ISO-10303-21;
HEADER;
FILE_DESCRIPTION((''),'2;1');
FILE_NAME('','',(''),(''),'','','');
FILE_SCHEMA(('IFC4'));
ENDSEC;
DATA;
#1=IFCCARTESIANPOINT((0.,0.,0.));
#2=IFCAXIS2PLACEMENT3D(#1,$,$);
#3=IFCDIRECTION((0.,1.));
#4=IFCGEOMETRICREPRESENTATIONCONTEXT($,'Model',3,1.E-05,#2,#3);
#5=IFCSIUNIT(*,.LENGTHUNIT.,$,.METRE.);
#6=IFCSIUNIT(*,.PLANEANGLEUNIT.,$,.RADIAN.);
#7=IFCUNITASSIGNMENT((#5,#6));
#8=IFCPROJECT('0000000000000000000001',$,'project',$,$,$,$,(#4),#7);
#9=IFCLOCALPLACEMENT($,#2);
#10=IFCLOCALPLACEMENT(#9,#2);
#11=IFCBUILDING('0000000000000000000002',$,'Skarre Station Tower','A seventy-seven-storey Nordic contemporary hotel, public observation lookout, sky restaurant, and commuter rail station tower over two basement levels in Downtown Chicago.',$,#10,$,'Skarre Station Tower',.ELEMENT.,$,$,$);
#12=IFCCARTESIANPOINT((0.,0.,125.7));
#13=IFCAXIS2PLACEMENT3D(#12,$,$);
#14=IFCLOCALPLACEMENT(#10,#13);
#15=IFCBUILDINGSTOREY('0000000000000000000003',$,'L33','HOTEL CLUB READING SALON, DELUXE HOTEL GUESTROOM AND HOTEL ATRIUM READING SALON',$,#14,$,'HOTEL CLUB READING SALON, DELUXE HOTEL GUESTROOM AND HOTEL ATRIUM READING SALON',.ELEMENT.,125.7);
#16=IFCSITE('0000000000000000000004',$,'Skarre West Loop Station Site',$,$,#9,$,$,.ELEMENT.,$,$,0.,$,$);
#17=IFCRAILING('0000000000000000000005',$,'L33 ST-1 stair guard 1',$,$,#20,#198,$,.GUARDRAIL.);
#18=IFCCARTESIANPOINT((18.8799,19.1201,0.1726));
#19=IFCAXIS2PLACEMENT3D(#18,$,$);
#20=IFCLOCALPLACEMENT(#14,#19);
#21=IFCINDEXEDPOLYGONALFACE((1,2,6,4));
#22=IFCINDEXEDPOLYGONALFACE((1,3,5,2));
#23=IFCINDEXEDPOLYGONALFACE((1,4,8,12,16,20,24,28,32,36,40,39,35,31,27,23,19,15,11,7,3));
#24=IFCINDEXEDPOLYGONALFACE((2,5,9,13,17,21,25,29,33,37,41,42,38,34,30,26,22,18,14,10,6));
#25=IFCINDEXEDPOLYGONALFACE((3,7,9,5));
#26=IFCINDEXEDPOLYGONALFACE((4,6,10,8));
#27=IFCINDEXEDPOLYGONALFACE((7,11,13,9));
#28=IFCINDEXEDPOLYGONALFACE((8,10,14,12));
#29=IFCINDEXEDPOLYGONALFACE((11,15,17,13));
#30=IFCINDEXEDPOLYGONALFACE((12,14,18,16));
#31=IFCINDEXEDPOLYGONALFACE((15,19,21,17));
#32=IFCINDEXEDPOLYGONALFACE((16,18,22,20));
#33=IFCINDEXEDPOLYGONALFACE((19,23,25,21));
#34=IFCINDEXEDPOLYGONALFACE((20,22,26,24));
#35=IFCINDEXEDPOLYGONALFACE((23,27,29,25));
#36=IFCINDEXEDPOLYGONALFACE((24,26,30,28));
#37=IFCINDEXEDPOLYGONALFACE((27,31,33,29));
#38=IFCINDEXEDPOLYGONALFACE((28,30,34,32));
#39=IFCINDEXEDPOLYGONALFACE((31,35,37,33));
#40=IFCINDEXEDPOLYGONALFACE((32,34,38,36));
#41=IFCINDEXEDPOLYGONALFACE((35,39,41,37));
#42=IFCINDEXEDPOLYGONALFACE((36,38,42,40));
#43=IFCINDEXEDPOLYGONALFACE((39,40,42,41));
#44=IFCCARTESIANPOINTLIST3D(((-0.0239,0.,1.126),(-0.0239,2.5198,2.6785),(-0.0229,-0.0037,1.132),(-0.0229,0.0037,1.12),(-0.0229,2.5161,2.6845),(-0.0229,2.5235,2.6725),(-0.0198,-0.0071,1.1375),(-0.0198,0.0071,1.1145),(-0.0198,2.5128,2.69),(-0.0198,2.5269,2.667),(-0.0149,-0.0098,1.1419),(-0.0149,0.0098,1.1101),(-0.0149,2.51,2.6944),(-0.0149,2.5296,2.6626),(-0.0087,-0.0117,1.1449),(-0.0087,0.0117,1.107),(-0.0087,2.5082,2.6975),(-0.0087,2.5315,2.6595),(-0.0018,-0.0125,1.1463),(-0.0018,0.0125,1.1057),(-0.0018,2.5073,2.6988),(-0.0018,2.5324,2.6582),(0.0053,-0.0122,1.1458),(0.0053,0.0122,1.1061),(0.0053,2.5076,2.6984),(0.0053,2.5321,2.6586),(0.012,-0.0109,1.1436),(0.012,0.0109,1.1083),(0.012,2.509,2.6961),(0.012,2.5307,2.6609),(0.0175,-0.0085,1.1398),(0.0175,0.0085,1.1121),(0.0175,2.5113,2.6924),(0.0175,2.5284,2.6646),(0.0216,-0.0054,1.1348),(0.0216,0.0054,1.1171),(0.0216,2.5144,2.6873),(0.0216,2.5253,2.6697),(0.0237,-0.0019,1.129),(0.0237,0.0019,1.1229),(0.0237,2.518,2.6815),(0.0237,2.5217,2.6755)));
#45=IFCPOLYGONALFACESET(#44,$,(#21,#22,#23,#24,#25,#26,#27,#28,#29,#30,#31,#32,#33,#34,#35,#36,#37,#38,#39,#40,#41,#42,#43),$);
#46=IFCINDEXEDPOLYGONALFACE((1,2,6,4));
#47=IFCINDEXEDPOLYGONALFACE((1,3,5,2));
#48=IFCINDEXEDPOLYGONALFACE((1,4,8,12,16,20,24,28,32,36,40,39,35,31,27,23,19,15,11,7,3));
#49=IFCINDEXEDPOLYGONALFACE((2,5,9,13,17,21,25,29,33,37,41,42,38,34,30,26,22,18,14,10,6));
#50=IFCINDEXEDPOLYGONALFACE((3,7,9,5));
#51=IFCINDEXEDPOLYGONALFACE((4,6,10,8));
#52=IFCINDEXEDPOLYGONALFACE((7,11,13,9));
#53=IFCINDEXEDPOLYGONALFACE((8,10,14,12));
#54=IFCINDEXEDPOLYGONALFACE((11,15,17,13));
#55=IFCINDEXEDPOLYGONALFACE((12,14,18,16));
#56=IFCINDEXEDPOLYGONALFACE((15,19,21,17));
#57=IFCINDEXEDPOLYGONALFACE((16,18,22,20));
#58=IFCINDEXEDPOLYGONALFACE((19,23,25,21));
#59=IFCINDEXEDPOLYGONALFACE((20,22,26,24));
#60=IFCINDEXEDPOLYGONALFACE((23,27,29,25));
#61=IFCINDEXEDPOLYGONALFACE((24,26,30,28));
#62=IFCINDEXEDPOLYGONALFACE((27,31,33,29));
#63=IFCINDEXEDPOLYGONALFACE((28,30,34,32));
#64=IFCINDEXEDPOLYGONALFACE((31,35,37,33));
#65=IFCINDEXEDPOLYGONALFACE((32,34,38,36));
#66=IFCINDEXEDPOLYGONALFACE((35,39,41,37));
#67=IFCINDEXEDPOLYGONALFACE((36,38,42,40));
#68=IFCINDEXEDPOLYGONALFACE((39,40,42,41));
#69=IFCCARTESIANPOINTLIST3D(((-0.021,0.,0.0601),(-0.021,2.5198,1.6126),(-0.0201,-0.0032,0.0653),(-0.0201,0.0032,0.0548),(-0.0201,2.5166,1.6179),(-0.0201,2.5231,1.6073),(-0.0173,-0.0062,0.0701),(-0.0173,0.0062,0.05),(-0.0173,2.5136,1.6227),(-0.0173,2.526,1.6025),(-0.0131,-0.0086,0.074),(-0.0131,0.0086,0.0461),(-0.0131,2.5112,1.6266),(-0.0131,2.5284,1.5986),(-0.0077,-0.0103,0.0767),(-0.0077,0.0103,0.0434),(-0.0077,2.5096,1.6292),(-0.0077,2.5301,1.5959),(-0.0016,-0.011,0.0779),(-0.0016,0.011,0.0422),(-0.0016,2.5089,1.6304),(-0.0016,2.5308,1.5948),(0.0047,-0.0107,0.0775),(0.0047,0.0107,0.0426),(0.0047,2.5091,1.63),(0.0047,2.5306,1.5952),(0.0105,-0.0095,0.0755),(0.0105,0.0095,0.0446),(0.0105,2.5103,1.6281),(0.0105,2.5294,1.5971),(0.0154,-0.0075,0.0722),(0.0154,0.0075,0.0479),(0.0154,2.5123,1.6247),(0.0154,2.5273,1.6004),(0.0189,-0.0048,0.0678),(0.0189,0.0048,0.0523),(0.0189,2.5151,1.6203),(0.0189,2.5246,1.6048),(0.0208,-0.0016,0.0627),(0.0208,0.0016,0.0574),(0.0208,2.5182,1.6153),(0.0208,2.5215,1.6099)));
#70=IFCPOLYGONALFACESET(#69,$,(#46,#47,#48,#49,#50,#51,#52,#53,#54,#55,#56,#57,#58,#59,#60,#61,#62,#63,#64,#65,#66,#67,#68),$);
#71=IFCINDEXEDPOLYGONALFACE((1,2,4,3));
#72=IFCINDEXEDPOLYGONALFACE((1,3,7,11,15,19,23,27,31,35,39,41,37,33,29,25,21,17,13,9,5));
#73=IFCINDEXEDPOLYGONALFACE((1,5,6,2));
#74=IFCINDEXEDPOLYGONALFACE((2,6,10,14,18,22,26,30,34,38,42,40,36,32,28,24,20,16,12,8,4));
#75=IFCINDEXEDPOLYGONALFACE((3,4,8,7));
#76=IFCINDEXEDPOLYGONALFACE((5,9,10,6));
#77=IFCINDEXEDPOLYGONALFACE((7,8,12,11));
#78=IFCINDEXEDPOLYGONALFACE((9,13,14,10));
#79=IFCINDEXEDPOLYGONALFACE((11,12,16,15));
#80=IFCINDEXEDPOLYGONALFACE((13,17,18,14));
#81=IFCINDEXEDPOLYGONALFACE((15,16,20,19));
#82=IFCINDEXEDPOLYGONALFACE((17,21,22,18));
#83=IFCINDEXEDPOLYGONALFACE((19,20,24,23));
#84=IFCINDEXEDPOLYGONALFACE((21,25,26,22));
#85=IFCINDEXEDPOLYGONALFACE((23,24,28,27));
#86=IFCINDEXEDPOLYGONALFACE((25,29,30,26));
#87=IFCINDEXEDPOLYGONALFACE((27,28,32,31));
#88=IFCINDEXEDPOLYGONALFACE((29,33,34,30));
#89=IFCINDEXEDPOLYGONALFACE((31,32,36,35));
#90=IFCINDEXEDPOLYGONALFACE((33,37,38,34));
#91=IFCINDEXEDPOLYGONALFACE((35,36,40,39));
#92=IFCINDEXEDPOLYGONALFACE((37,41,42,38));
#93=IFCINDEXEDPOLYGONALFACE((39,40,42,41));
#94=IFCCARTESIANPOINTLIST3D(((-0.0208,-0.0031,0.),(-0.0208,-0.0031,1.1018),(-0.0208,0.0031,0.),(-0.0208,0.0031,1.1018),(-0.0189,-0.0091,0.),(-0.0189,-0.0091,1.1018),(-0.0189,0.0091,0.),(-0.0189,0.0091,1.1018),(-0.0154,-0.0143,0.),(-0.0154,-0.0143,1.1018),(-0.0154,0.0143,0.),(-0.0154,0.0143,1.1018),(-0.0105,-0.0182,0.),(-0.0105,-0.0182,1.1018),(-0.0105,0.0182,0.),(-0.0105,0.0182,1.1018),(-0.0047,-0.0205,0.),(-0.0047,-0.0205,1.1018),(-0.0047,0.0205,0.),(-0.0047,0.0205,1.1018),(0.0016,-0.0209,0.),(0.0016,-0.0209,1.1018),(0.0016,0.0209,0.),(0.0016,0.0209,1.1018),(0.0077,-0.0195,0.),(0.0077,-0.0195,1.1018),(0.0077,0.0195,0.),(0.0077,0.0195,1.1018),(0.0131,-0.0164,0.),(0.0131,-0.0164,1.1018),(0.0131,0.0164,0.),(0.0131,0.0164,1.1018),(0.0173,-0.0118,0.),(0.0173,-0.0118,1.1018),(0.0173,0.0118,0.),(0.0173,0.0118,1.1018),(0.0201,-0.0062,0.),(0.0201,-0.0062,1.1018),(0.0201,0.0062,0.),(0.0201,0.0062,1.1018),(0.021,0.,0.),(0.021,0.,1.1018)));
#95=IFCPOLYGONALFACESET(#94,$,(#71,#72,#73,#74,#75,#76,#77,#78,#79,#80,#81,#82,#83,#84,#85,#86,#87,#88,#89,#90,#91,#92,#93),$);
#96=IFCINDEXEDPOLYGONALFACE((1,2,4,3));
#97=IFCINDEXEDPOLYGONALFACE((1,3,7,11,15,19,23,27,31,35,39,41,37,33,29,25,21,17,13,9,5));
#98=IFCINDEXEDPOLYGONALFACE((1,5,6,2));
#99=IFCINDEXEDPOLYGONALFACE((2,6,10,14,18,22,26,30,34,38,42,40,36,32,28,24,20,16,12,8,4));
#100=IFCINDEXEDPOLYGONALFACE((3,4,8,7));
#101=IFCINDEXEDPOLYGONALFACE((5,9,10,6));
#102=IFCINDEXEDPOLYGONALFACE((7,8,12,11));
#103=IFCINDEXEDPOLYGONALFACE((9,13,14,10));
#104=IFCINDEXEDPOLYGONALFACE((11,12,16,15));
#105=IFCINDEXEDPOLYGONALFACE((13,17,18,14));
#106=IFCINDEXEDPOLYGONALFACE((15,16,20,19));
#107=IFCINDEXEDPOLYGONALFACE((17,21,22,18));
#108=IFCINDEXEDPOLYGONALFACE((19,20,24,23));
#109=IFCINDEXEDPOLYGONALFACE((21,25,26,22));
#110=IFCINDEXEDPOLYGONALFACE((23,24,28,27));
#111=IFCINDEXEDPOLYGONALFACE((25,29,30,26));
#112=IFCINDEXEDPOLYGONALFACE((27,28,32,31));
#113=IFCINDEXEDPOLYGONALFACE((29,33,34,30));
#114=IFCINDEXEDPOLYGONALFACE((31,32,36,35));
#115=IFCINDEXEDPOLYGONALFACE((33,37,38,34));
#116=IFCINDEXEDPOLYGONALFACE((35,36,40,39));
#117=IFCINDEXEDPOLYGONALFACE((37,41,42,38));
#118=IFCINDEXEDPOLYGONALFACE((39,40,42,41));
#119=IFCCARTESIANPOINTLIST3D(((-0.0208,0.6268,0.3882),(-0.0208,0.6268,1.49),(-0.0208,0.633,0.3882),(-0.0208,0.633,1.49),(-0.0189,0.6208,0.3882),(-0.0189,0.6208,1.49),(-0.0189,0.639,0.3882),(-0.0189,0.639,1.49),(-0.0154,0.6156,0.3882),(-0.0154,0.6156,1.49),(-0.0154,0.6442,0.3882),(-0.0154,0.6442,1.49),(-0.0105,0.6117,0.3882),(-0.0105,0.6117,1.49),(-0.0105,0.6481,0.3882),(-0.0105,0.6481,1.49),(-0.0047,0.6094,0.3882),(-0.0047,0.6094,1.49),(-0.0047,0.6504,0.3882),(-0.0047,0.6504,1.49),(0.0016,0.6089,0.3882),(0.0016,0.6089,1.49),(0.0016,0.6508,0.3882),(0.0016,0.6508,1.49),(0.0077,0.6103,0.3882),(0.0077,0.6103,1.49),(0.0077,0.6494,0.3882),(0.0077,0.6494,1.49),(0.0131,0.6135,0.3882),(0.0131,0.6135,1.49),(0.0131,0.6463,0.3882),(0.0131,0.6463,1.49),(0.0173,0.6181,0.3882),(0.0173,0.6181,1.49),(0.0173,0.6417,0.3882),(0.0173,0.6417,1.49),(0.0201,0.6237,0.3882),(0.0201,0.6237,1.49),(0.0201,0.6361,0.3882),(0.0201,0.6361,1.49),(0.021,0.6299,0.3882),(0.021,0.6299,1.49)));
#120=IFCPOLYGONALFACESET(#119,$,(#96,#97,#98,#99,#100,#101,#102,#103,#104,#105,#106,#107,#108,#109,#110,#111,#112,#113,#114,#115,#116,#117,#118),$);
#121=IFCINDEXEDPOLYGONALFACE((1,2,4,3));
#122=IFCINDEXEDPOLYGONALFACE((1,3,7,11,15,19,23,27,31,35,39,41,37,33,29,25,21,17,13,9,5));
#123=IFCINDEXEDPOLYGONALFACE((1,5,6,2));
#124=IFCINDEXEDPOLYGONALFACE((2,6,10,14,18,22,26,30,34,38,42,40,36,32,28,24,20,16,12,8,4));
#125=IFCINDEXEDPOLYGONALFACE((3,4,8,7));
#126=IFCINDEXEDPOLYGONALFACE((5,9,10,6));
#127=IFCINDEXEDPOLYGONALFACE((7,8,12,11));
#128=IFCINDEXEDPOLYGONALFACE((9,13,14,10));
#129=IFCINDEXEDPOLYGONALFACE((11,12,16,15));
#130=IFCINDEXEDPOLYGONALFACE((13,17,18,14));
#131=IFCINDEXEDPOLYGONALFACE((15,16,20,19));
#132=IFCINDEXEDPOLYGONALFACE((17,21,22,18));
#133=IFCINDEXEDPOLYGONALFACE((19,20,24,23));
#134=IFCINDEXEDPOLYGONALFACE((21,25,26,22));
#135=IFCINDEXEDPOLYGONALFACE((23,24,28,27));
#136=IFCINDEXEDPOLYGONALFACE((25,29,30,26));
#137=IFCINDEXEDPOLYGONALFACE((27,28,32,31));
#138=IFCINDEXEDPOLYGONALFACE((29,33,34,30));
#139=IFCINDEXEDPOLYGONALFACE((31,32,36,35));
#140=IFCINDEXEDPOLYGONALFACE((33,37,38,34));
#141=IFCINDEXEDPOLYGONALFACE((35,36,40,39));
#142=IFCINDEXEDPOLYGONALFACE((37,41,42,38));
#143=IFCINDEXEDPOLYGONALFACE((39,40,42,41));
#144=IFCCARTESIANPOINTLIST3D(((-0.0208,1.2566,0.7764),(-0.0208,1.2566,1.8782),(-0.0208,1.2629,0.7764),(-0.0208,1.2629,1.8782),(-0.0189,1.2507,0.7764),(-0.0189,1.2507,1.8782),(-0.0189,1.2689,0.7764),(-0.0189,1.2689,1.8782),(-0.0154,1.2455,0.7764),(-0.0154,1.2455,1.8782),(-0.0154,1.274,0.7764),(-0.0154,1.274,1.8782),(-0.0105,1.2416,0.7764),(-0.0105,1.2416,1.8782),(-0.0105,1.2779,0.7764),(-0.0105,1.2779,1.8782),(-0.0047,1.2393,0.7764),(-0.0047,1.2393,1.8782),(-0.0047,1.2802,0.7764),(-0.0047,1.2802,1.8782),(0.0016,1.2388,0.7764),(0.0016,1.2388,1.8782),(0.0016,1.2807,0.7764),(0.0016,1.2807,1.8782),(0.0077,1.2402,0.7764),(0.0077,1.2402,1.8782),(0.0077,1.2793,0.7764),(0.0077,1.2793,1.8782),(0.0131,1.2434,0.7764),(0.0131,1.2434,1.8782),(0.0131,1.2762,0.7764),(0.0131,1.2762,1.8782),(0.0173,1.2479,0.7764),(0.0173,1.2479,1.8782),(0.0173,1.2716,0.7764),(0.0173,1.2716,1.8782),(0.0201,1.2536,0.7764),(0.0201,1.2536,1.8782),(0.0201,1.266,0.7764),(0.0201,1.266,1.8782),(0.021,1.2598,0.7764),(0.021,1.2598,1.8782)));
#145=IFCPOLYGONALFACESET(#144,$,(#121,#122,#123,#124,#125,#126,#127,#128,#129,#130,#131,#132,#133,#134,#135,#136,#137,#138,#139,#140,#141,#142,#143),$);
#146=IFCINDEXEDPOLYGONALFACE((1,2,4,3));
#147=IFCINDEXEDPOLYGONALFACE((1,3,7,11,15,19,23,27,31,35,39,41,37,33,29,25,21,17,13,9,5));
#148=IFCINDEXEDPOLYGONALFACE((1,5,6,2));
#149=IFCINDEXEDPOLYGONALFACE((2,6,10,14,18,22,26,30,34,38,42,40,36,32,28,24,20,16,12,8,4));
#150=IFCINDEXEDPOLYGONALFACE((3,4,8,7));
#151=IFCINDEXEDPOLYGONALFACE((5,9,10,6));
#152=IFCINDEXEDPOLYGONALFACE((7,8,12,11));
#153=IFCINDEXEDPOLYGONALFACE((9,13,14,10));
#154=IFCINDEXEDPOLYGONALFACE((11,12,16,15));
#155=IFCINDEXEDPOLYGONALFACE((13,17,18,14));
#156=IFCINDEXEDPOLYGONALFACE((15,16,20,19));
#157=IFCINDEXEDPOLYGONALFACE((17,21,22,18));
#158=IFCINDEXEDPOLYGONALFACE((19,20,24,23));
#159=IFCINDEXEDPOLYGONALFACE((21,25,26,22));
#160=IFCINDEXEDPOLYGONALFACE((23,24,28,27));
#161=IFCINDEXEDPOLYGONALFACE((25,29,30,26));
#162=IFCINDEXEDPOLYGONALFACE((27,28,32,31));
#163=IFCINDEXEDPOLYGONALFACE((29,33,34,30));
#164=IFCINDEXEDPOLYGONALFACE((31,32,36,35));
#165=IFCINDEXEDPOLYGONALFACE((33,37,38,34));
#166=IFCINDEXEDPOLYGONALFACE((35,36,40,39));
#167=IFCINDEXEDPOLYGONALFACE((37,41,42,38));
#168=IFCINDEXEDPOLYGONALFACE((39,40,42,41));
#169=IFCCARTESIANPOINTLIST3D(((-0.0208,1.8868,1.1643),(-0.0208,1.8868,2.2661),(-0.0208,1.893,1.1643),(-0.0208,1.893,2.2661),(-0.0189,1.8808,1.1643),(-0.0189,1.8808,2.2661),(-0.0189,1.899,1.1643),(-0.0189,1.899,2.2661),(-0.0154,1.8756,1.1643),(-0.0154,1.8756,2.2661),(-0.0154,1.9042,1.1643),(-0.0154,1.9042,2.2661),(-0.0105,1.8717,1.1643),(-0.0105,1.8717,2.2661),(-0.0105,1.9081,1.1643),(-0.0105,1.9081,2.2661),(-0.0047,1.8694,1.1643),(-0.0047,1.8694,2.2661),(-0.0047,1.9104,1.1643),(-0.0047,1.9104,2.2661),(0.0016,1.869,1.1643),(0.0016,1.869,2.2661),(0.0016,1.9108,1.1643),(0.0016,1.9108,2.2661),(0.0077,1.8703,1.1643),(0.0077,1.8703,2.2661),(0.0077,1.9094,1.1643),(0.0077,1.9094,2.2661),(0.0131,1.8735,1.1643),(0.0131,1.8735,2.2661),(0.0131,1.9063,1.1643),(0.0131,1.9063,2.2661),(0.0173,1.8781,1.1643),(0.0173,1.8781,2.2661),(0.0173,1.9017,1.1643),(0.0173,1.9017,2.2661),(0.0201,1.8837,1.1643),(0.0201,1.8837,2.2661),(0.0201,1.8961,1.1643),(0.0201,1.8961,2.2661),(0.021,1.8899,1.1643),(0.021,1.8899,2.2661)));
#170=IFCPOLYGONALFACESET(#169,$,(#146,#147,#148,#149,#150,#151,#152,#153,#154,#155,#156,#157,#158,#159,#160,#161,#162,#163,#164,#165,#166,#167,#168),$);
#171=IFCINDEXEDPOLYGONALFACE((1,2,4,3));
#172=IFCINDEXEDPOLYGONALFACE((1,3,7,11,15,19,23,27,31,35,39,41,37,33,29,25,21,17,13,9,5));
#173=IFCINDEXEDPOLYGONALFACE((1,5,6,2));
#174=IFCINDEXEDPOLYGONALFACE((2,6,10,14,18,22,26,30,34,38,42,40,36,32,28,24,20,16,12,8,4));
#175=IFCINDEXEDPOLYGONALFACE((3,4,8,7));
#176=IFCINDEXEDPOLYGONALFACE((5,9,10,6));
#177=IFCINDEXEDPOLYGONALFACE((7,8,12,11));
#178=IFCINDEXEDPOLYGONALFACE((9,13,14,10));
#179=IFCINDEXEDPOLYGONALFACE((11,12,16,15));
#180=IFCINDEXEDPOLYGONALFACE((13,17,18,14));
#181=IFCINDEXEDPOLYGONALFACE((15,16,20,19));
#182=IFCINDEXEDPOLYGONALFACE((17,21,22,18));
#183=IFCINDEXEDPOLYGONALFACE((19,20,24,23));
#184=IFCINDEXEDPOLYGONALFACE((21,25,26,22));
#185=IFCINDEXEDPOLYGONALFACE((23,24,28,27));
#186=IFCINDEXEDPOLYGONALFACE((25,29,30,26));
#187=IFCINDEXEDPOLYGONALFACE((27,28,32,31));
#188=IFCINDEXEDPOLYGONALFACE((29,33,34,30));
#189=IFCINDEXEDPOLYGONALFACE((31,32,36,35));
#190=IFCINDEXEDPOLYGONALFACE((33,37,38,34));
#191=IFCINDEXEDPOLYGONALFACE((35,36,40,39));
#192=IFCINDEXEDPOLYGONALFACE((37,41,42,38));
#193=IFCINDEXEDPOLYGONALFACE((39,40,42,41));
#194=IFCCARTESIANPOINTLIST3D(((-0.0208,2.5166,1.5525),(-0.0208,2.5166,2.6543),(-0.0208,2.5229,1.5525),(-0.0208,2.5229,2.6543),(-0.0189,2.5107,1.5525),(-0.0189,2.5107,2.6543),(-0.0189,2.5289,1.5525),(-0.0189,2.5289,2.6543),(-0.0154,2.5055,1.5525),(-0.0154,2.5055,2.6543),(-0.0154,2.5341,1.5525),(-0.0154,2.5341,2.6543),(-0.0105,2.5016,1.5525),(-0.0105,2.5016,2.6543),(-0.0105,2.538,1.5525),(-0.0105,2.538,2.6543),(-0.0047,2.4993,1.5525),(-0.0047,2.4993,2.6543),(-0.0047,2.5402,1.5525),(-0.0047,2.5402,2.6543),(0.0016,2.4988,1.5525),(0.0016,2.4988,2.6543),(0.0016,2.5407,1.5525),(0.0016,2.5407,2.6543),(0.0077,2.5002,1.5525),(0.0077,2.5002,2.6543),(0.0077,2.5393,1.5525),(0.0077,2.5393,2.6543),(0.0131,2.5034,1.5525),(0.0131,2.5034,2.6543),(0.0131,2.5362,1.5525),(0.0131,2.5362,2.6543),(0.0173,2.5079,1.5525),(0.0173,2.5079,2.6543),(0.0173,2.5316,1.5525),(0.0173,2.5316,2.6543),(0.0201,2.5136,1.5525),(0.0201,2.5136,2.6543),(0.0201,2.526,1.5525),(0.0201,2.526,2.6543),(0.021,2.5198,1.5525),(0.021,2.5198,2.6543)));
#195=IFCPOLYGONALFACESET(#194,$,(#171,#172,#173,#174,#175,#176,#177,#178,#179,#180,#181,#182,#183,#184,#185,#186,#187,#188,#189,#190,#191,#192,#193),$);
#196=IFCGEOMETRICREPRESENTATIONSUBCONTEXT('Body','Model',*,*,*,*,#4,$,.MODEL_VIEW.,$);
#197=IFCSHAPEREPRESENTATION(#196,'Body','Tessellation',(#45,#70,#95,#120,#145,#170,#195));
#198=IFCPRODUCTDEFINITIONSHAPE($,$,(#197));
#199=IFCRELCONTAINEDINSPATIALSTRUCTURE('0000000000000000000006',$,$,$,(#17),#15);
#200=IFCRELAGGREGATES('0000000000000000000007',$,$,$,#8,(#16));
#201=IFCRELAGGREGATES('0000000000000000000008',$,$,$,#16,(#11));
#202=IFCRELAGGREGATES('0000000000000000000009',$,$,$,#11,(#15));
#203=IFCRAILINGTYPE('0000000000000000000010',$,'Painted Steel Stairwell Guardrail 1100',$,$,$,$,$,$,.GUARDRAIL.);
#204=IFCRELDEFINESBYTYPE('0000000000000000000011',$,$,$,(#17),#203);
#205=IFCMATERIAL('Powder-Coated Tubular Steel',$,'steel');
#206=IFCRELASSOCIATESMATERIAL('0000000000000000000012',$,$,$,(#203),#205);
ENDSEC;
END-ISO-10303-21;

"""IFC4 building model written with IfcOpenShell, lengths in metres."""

from ifc_helpers import new_model, si_unit, direction, frame, origin, origin_2d, place, context, subcontext, project, spatial, circle, extrude, material, type_object, element, save


model = new_model("IFC4")

# Units and contexts
model_context = context("Model", 3, precision=1e-05, world=origin(), true_north=direction((0.0, 1.0)))
body_context = subcontext(model_context, "Body", "Model", "MODEL_VIEW")
ifc_project = project(units=[si_unit("LENGTHUNIT", "METRE"), si_unit("PLANEANGLEUNIT", "RADIAN")], contexts=[model_context])

# Site, building, storey
site_placement = place(None, origin())
site = spatial("IfcSite", under=ifc_project, at=site_placement, Name="Skarre West Loop Station Site", CompositionType="ELEMENT", RefElevation=0.0)
building_placement = place(site_placement, origin())
building = spatial("IfcBuilding", under=site, at=building_placement, Name="Skarre Station Tower", Description="A seventy-seven-storey Nordic contemporary hotel, public observation lookout, sky restaurant, and commuter rail station tower over two basement levels in Downtown Chicago.", LongName="Skarre Station Tower", CompositionType="ELEMENT")
storey_placement = place(building_placement, frame((0.0, 0.0, 125.7)))
storey = spatial("IfcBuildingStorey", under=building, at=storey_placement, Name="L33", Description="HOTEL CLUB READING SALON, DELUXE HOTEL GUESTROOM AND HOTEL ATRIUM READING SALON", LongName="HOTEL CLUB READING SALON, DELUXE HOTEL GUESTROOM AND HOTEL ATRIUM READING SALON", CompositionType="ELEMENT", Elevation=125.7)

# Railing
ifc_material_1 = material(Name="Powder-Coated Tubular Steel", Category="steel")
railing_type_1 = type_object("IfcRailingType", Name="Painted Steel Stairwell Guardrail 1100", PredefinedType="GUARDRAIL", material=ifc_material_1)
railing_1_placement = place(storey_placement, frame((18.8799, 19.1201, 0.1726)))
element("IfcRailing", 1, at=railing_1_placement, inside=storey, type_object=railing_type_1, Name="L33 ST-1 stair guard 1", PredefinedType="GUARDRAIL", context=body_context, shape_type="SweptSolid", body=[
    extrude(circle(Radius=0.0239, at=origin_2d()), frame((0.0, 0.0, 1.126), z_axis=(0.0, 0.851378, 0.524553), x_axis=(-1.0, 0.0, 0.0)), (0.0, 0.0, 1.0), 2.9597),
    extrude(circle(Radius=0.021, at=origin_2d()), frame((0.0, 0.0, 0.0601), z_axis=(0.0, 0.851378, 0.524553), x_axis=(-1.0, 0.0, 0.0)), (0.0, 0.0, 1.0), 2.9597),
    extrude(circle(Radius=0.021, at=origin_2d()), origin(), (0.0, 0.0, 1.0), 1.1018),
    extrude(circle(Radius=0.021, at=origin_2d()), frame((0.0, 0.6299, 0.3882)), (0.0, 0.0, 1.0), 1.1018),
    extrude(circle(Radius=0.021, at=origin_2d()), frame((0.0, 1.2598, 0.7764)), (0.0, 0.0, 1.0), 1.1018),
    extrude(circle(Radius=0.021, at=origin_2d()), frame((0.0, 1.8899, 1.1643)), (0.0, 0.0, 1.0), 1.1018),
    extrude(circle(Radius=0.021, at=origin_2d()), frame((0.0, 2.5198, 1.5525)), (0.0, 0.0, 1.0), 1.1018),
])

save(model, "model.ifc")
